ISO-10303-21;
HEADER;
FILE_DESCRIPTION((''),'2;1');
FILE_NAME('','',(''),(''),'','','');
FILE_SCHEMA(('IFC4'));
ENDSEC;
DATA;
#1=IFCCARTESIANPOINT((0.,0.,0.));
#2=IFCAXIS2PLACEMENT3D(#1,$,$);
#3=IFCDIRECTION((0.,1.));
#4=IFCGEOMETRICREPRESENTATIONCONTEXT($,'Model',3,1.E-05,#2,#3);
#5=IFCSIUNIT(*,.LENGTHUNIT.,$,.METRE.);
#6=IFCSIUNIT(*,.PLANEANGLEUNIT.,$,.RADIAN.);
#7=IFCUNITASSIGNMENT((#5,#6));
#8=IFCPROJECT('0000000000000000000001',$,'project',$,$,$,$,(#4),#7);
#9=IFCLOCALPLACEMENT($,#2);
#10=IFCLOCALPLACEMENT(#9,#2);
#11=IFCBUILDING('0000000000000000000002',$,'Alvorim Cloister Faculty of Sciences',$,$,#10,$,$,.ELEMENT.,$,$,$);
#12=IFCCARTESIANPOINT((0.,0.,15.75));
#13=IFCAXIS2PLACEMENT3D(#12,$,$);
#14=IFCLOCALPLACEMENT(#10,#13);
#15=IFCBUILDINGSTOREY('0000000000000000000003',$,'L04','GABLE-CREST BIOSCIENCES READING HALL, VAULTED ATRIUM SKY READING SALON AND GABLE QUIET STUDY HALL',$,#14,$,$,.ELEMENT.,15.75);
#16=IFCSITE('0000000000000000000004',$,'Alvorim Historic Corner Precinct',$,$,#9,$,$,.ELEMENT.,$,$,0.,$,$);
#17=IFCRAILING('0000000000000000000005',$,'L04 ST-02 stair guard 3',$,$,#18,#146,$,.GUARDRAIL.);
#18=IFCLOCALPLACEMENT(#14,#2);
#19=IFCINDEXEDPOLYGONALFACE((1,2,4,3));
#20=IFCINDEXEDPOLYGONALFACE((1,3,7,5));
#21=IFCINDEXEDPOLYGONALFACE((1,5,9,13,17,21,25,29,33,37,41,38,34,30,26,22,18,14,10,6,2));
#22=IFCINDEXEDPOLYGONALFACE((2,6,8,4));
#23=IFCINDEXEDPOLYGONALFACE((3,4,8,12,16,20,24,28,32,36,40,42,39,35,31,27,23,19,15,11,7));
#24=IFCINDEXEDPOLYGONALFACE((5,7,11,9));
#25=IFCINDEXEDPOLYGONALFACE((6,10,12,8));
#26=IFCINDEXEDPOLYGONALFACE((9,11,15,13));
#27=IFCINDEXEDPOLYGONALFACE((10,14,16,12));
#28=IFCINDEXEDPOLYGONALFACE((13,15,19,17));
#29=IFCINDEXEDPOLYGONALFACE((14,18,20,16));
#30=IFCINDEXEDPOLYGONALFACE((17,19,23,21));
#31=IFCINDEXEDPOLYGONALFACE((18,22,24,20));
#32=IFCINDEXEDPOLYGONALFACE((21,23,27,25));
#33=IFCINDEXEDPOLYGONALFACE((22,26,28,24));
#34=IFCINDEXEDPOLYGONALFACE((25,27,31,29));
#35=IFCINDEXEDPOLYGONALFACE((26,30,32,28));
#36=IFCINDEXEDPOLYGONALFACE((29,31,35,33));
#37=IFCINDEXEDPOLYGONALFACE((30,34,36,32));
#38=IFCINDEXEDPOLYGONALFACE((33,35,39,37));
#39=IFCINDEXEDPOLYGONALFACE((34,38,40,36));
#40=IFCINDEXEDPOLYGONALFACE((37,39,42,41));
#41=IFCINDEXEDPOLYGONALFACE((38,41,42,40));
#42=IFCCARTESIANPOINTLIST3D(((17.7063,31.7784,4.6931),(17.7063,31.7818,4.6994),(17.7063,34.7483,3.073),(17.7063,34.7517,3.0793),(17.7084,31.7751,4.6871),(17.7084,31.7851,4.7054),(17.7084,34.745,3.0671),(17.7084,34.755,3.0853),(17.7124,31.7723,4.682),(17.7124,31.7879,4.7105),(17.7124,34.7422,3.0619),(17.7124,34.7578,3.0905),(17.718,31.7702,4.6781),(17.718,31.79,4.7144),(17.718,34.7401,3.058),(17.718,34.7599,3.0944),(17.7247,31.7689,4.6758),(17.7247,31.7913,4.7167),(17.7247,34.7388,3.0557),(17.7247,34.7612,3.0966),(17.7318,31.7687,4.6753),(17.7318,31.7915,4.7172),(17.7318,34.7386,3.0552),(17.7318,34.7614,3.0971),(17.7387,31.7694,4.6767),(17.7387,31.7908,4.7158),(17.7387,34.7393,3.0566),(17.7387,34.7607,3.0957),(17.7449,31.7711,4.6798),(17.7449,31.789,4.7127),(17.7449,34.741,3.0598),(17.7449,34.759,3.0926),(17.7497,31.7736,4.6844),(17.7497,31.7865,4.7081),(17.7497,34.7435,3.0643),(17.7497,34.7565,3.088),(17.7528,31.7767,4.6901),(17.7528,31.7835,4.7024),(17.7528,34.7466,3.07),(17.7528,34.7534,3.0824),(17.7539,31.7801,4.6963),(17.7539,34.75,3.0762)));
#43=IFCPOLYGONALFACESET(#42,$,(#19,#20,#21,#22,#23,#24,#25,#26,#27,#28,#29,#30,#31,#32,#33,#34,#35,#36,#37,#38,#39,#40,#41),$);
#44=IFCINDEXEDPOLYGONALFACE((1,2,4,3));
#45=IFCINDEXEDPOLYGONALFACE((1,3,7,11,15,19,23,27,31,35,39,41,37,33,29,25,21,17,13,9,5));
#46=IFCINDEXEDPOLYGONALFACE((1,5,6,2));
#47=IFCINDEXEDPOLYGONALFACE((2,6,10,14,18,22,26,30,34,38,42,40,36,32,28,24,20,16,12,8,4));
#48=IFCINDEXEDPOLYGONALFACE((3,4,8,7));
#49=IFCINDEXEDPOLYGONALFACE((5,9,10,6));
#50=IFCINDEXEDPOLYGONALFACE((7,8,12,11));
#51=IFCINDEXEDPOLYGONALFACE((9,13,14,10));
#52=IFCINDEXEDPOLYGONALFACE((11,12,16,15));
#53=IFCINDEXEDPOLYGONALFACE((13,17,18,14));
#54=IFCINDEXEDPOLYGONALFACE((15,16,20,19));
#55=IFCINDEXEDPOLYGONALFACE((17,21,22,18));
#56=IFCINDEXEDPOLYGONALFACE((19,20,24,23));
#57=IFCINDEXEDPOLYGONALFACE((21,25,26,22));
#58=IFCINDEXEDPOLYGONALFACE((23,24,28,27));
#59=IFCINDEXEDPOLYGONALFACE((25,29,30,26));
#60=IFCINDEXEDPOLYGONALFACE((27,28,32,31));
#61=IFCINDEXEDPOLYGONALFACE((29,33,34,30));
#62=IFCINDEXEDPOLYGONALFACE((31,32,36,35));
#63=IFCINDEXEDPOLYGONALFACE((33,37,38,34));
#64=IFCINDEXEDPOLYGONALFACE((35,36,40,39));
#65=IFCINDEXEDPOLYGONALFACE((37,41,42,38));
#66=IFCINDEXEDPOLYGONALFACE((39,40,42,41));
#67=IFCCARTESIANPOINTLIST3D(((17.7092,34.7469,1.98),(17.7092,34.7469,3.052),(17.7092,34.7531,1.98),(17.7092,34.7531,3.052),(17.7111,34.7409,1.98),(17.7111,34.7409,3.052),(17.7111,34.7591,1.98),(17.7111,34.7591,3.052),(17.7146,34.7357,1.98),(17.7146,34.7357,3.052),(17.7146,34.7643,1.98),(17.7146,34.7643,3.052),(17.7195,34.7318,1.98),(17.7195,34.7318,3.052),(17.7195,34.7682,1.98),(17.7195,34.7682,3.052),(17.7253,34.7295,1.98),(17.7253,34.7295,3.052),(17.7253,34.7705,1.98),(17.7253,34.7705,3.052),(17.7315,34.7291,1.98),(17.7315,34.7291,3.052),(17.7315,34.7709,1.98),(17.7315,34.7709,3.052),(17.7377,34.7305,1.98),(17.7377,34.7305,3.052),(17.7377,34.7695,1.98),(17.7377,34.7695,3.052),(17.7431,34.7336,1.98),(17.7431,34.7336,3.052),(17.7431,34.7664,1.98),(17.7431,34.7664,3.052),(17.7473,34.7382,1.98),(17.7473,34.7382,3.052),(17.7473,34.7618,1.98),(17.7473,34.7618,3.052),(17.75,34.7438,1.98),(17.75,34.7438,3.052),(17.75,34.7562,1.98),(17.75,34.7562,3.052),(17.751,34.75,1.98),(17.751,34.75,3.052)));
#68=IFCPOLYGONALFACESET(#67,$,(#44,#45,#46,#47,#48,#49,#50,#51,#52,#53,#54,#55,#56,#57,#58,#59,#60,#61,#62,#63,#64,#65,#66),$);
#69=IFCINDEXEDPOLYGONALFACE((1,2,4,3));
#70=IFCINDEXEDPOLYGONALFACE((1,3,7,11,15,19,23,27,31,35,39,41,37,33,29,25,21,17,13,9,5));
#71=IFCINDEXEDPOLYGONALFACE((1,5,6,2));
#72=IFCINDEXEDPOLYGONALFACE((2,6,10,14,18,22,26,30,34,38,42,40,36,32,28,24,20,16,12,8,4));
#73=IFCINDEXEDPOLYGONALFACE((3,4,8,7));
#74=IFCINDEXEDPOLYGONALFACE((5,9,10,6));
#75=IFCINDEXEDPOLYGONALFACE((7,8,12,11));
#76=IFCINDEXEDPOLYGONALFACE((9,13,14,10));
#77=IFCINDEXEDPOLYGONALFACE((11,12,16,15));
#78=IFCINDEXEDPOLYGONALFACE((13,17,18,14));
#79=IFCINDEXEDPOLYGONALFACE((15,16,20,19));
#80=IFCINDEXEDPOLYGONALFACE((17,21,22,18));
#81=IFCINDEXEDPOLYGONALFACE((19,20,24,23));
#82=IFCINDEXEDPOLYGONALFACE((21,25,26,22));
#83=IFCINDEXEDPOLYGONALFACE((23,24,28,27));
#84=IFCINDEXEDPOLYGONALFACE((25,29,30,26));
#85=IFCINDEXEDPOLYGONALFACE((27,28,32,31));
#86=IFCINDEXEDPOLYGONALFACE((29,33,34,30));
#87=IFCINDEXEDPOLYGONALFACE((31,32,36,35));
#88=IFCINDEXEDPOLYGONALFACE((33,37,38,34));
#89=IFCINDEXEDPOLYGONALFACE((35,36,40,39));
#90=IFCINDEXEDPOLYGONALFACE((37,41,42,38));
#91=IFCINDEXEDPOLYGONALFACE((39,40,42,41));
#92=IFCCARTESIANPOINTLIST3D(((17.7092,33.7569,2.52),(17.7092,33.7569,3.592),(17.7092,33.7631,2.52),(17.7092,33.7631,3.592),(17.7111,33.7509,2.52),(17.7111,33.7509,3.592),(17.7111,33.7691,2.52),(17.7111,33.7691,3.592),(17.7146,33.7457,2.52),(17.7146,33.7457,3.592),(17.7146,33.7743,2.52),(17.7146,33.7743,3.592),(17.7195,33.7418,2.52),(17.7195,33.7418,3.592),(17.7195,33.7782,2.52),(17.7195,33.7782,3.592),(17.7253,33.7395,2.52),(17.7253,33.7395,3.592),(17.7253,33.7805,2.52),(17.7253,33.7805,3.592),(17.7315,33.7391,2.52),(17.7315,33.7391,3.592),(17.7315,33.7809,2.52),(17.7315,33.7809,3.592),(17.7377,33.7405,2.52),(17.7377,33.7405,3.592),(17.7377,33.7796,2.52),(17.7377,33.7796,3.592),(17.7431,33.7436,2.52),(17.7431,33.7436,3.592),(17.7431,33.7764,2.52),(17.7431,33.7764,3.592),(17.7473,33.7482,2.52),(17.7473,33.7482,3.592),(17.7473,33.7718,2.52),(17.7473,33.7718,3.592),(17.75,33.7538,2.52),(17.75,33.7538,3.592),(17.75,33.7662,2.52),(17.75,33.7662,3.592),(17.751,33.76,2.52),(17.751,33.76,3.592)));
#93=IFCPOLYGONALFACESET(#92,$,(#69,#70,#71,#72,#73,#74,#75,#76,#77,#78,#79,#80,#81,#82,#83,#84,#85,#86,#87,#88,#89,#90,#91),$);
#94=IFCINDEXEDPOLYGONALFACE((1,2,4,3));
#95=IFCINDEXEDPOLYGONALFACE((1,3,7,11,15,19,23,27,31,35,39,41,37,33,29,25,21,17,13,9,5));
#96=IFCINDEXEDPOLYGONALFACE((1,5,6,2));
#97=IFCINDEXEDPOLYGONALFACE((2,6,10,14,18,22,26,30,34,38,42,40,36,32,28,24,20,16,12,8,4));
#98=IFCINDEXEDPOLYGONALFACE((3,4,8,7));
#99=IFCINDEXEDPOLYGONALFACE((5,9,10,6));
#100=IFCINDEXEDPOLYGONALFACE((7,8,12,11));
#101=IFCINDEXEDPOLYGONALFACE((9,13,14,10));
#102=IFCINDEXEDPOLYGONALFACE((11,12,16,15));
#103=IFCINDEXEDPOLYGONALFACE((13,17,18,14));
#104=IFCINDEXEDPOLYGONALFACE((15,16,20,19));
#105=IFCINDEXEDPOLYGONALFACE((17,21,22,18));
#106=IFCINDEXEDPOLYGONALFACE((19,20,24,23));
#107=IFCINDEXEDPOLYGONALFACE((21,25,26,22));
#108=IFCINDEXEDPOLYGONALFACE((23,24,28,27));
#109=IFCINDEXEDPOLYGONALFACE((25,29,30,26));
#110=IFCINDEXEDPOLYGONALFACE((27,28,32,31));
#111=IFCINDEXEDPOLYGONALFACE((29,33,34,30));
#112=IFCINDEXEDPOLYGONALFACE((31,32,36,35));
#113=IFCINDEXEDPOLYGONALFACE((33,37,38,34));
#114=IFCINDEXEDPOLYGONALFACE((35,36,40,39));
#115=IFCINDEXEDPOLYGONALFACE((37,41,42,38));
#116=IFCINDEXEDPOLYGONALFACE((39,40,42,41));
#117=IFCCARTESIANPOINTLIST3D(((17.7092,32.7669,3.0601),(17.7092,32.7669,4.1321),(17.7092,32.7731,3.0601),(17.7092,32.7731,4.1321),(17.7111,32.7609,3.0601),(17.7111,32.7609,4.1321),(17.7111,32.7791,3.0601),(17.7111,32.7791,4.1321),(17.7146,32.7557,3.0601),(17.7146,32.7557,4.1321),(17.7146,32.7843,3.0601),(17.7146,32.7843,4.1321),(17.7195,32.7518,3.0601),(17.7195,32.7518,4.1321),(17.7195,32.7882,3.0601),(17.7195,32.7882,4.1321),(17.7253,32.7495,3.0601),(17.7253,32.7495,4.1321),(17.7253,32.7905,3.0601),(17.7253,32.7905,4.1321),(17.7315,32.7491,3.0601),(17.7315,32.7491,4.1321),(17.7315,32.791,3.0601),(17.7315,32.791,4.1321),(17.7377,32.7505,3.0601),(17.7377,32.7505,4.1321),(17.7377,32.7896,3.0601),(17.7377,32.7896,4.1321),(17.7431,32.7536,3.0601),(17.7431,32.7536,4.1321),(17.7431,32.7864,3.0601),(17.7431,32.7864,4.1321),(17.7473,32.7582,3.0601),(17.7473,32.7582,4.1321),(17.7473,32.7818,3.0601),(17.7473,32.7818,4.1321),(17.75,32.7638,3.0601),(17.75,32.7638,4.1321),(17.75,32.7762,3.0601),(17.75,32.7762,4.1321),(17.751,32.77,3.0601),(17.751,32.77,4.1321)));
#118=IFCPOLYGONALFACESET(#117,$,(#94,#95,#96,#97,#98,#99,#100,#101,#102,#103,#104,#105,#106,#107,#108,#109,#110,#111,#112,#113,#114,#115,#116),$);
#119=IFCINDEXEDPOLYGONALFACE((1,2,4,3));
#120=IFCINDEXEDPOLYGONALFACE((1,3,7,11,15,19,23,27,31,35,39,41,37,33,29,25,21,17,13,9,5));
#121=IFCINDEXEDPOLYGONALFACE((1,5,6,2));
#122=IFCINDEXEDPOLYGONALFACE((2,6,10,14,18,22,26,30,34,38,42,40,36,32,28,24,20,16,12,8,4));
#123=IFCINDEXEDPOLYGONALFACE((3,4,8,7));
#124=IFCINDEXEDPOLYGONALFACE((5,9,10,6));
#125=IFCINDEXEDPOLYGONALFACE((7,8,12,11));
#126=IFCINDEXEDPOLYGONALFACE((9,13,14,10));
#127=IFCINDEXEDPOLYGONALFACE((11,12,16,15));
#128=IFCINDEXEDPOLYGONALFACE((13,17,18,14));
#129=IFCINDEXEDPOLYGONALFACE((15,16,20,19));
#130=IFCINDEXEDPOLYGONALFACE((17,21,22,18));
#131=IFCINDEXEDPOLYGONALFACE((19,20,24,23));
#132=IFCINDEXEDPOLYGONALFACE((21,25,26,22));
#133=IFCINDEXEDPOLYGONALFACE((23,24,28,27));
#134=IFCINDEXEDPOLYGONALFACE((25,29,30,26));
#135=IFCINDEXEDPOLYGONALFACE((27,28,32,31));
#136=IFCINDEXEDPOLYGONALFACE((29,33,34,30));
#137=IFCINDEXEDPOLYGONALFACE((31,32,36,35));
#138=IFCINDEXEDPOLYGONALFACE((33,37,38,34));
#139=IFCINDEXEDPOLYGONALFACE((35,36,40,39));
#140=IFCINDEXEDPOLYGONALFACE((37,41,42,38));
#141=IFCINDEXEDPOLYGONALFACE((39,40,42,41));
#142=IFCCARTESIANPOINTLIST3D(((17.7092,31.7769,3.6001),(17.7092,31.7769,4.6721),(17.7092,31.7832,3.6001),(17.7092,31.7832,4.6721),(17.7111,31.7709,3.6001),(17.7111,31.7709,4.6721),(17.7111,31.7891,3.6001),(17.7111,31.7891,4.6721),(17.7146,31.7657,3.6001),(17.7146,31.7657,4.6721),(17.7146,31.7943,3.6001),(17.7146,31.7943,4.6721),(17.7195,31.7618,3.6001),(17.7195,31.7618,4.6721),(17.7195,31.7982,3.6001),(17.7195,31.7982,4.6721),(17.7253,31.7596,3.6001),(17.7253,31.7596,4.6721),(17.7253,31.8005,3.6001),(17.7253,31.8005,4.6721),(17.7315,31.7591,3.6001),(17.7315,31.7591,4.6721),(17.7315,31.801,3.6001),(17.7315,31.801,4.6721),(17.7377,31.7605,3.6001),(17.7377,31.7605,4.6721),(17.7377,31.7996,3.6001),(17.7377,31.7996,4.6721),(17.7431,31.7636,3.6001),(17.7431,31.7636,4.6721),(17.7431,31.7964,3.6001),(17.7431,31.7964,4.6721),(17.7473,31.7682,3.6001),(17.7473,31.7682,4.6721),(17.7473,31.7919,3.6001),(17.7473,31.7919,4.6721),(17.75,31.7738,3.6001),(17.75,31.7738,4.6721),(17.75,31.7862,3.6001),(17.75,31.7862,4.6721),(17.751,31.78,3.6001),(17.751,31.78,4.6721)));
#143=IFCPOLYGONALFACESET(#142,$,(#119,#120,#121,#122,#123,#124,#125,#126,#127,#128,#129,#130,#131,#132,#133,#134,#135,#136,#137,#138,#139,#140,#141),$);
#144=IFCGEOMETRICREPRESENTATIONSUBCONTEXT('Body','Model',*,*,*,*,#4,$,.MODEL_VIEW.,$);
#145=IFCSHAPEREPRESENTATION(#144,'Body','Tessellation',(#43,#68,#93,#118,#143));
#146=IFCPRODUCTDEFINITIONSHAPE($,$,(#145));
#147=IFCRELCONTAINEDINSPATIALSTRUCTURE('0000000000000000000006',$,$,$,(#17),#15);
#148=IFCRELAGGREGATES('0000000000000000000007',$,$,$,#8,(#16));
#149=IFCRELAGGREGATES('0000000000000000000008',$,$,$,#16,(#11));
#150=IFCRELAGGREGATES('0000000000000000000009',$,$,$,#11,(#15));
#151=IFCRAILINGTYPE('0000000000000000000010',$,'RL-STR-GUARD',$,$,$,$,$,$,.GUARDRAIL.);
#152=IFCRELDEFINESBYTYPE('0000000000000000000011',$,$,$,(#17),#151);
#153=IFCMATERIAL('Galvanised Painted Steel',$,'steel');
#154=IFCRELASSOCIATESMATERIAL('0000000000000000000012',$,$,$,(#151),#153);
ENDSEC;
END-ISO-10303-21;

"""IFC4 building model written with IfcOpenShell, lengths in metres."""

from ifc_helpers import new_model, si_unit, direction, frame, origin, origin_2d, place, context, subcontext, project, spatial, circle, extrude, material, type_object, element, save


model = new_model("IFC4")

# Units and contexts
model_context = context("Model", 3, precision=1e-05, world=origin(), true_north=direction((0.0, 1.0)))
body_context = subcontext(model_context, "Body", "Model", "MODEL_VIEW")
ifc_project = project(units=[si_unit("LENGTHUNIT", "METRE"), si_unit("PLANEANGLEUNIT", "RADIAN")], contexts=[model_context])

# Site, building, storey
site_placement = place(None, origin())
site = spatial("IfcSite", under=ifc_project, at=site_placement, Name="Alvorim Historic Corner Precinct", CompositionType="ELEMENT", RefElevation=0.0)
building_placement = place(site_placement, origin())
building = spatial("IfcBuilding", under=site, at=building_placement, Name="Alvorim Cloister Faculty of Sciences", CompositionType="ELEMENT")
storey_placement = place(building_placement, frame((0.0, 0.0, 15.75)))
storey = spatial("IfcBuildingStorey", under=building, at=storey_placement, Name="L04", Description="GABLE-CREST BIOSCIENCES READING HALL, VAULTED ATRIUM SKY READING SALON AND GABLE QUIET STUDY HALL", CompositionType="ELEMENT", Elevation=15.75)

# Railing
ifc_material_1 = material(Name="Galvanised Painted Steel", Category="steel")
railing_type_1 = type_object("IfcRailingType", Name="RL-STR-GUARD", PredefinedType="GUARDRAIL", material=ifc_material_1)
railing_1_placement = place(storey_placement, frame((17.73, 34.75, 1.98)))
element("IfcRailing", 1, at=railing_1_placement, inside=storey, type_object=railing_type_1, Name="L04 ST-02 stair guard 3", PredefinedType="GUARDRAIL", context=body_context, shape_type="SweptSolid", body=[
    extrude(circle(Radius=0.0239, at=origin_2d()), frame((0.0, 0.0, 1.0962), z_axis=(0.0, -0.877879, 0.478882), x_axis=(1.0, 0.0, 0.0)), (0.0, 0.0, 1.0), 3.3831),
    extrude(circle(Radius=0.021, at=origin_2d()), origin(), (0.0, 0.0, 1.0), 1.072),
    extrude(circle(Radius=0.021, at=origin_2d()), frame((0.0, -0.99, 0.54)), (0.0, 0.0, 1.0), 1.072),
    extrude(circle(Radius=0.021, at=origin_2d()), frame((0.0, -1.98, 1.0801)), (0.0, 0.0, 1.0), 1.072),
    extrude(circle(Radius=0.021, at=origin_2d()), frame((0.0, -2.97, 1.6201)), (0.0, 0.0, 1.0), 1.072),
])

save(model, "model.ifc")
